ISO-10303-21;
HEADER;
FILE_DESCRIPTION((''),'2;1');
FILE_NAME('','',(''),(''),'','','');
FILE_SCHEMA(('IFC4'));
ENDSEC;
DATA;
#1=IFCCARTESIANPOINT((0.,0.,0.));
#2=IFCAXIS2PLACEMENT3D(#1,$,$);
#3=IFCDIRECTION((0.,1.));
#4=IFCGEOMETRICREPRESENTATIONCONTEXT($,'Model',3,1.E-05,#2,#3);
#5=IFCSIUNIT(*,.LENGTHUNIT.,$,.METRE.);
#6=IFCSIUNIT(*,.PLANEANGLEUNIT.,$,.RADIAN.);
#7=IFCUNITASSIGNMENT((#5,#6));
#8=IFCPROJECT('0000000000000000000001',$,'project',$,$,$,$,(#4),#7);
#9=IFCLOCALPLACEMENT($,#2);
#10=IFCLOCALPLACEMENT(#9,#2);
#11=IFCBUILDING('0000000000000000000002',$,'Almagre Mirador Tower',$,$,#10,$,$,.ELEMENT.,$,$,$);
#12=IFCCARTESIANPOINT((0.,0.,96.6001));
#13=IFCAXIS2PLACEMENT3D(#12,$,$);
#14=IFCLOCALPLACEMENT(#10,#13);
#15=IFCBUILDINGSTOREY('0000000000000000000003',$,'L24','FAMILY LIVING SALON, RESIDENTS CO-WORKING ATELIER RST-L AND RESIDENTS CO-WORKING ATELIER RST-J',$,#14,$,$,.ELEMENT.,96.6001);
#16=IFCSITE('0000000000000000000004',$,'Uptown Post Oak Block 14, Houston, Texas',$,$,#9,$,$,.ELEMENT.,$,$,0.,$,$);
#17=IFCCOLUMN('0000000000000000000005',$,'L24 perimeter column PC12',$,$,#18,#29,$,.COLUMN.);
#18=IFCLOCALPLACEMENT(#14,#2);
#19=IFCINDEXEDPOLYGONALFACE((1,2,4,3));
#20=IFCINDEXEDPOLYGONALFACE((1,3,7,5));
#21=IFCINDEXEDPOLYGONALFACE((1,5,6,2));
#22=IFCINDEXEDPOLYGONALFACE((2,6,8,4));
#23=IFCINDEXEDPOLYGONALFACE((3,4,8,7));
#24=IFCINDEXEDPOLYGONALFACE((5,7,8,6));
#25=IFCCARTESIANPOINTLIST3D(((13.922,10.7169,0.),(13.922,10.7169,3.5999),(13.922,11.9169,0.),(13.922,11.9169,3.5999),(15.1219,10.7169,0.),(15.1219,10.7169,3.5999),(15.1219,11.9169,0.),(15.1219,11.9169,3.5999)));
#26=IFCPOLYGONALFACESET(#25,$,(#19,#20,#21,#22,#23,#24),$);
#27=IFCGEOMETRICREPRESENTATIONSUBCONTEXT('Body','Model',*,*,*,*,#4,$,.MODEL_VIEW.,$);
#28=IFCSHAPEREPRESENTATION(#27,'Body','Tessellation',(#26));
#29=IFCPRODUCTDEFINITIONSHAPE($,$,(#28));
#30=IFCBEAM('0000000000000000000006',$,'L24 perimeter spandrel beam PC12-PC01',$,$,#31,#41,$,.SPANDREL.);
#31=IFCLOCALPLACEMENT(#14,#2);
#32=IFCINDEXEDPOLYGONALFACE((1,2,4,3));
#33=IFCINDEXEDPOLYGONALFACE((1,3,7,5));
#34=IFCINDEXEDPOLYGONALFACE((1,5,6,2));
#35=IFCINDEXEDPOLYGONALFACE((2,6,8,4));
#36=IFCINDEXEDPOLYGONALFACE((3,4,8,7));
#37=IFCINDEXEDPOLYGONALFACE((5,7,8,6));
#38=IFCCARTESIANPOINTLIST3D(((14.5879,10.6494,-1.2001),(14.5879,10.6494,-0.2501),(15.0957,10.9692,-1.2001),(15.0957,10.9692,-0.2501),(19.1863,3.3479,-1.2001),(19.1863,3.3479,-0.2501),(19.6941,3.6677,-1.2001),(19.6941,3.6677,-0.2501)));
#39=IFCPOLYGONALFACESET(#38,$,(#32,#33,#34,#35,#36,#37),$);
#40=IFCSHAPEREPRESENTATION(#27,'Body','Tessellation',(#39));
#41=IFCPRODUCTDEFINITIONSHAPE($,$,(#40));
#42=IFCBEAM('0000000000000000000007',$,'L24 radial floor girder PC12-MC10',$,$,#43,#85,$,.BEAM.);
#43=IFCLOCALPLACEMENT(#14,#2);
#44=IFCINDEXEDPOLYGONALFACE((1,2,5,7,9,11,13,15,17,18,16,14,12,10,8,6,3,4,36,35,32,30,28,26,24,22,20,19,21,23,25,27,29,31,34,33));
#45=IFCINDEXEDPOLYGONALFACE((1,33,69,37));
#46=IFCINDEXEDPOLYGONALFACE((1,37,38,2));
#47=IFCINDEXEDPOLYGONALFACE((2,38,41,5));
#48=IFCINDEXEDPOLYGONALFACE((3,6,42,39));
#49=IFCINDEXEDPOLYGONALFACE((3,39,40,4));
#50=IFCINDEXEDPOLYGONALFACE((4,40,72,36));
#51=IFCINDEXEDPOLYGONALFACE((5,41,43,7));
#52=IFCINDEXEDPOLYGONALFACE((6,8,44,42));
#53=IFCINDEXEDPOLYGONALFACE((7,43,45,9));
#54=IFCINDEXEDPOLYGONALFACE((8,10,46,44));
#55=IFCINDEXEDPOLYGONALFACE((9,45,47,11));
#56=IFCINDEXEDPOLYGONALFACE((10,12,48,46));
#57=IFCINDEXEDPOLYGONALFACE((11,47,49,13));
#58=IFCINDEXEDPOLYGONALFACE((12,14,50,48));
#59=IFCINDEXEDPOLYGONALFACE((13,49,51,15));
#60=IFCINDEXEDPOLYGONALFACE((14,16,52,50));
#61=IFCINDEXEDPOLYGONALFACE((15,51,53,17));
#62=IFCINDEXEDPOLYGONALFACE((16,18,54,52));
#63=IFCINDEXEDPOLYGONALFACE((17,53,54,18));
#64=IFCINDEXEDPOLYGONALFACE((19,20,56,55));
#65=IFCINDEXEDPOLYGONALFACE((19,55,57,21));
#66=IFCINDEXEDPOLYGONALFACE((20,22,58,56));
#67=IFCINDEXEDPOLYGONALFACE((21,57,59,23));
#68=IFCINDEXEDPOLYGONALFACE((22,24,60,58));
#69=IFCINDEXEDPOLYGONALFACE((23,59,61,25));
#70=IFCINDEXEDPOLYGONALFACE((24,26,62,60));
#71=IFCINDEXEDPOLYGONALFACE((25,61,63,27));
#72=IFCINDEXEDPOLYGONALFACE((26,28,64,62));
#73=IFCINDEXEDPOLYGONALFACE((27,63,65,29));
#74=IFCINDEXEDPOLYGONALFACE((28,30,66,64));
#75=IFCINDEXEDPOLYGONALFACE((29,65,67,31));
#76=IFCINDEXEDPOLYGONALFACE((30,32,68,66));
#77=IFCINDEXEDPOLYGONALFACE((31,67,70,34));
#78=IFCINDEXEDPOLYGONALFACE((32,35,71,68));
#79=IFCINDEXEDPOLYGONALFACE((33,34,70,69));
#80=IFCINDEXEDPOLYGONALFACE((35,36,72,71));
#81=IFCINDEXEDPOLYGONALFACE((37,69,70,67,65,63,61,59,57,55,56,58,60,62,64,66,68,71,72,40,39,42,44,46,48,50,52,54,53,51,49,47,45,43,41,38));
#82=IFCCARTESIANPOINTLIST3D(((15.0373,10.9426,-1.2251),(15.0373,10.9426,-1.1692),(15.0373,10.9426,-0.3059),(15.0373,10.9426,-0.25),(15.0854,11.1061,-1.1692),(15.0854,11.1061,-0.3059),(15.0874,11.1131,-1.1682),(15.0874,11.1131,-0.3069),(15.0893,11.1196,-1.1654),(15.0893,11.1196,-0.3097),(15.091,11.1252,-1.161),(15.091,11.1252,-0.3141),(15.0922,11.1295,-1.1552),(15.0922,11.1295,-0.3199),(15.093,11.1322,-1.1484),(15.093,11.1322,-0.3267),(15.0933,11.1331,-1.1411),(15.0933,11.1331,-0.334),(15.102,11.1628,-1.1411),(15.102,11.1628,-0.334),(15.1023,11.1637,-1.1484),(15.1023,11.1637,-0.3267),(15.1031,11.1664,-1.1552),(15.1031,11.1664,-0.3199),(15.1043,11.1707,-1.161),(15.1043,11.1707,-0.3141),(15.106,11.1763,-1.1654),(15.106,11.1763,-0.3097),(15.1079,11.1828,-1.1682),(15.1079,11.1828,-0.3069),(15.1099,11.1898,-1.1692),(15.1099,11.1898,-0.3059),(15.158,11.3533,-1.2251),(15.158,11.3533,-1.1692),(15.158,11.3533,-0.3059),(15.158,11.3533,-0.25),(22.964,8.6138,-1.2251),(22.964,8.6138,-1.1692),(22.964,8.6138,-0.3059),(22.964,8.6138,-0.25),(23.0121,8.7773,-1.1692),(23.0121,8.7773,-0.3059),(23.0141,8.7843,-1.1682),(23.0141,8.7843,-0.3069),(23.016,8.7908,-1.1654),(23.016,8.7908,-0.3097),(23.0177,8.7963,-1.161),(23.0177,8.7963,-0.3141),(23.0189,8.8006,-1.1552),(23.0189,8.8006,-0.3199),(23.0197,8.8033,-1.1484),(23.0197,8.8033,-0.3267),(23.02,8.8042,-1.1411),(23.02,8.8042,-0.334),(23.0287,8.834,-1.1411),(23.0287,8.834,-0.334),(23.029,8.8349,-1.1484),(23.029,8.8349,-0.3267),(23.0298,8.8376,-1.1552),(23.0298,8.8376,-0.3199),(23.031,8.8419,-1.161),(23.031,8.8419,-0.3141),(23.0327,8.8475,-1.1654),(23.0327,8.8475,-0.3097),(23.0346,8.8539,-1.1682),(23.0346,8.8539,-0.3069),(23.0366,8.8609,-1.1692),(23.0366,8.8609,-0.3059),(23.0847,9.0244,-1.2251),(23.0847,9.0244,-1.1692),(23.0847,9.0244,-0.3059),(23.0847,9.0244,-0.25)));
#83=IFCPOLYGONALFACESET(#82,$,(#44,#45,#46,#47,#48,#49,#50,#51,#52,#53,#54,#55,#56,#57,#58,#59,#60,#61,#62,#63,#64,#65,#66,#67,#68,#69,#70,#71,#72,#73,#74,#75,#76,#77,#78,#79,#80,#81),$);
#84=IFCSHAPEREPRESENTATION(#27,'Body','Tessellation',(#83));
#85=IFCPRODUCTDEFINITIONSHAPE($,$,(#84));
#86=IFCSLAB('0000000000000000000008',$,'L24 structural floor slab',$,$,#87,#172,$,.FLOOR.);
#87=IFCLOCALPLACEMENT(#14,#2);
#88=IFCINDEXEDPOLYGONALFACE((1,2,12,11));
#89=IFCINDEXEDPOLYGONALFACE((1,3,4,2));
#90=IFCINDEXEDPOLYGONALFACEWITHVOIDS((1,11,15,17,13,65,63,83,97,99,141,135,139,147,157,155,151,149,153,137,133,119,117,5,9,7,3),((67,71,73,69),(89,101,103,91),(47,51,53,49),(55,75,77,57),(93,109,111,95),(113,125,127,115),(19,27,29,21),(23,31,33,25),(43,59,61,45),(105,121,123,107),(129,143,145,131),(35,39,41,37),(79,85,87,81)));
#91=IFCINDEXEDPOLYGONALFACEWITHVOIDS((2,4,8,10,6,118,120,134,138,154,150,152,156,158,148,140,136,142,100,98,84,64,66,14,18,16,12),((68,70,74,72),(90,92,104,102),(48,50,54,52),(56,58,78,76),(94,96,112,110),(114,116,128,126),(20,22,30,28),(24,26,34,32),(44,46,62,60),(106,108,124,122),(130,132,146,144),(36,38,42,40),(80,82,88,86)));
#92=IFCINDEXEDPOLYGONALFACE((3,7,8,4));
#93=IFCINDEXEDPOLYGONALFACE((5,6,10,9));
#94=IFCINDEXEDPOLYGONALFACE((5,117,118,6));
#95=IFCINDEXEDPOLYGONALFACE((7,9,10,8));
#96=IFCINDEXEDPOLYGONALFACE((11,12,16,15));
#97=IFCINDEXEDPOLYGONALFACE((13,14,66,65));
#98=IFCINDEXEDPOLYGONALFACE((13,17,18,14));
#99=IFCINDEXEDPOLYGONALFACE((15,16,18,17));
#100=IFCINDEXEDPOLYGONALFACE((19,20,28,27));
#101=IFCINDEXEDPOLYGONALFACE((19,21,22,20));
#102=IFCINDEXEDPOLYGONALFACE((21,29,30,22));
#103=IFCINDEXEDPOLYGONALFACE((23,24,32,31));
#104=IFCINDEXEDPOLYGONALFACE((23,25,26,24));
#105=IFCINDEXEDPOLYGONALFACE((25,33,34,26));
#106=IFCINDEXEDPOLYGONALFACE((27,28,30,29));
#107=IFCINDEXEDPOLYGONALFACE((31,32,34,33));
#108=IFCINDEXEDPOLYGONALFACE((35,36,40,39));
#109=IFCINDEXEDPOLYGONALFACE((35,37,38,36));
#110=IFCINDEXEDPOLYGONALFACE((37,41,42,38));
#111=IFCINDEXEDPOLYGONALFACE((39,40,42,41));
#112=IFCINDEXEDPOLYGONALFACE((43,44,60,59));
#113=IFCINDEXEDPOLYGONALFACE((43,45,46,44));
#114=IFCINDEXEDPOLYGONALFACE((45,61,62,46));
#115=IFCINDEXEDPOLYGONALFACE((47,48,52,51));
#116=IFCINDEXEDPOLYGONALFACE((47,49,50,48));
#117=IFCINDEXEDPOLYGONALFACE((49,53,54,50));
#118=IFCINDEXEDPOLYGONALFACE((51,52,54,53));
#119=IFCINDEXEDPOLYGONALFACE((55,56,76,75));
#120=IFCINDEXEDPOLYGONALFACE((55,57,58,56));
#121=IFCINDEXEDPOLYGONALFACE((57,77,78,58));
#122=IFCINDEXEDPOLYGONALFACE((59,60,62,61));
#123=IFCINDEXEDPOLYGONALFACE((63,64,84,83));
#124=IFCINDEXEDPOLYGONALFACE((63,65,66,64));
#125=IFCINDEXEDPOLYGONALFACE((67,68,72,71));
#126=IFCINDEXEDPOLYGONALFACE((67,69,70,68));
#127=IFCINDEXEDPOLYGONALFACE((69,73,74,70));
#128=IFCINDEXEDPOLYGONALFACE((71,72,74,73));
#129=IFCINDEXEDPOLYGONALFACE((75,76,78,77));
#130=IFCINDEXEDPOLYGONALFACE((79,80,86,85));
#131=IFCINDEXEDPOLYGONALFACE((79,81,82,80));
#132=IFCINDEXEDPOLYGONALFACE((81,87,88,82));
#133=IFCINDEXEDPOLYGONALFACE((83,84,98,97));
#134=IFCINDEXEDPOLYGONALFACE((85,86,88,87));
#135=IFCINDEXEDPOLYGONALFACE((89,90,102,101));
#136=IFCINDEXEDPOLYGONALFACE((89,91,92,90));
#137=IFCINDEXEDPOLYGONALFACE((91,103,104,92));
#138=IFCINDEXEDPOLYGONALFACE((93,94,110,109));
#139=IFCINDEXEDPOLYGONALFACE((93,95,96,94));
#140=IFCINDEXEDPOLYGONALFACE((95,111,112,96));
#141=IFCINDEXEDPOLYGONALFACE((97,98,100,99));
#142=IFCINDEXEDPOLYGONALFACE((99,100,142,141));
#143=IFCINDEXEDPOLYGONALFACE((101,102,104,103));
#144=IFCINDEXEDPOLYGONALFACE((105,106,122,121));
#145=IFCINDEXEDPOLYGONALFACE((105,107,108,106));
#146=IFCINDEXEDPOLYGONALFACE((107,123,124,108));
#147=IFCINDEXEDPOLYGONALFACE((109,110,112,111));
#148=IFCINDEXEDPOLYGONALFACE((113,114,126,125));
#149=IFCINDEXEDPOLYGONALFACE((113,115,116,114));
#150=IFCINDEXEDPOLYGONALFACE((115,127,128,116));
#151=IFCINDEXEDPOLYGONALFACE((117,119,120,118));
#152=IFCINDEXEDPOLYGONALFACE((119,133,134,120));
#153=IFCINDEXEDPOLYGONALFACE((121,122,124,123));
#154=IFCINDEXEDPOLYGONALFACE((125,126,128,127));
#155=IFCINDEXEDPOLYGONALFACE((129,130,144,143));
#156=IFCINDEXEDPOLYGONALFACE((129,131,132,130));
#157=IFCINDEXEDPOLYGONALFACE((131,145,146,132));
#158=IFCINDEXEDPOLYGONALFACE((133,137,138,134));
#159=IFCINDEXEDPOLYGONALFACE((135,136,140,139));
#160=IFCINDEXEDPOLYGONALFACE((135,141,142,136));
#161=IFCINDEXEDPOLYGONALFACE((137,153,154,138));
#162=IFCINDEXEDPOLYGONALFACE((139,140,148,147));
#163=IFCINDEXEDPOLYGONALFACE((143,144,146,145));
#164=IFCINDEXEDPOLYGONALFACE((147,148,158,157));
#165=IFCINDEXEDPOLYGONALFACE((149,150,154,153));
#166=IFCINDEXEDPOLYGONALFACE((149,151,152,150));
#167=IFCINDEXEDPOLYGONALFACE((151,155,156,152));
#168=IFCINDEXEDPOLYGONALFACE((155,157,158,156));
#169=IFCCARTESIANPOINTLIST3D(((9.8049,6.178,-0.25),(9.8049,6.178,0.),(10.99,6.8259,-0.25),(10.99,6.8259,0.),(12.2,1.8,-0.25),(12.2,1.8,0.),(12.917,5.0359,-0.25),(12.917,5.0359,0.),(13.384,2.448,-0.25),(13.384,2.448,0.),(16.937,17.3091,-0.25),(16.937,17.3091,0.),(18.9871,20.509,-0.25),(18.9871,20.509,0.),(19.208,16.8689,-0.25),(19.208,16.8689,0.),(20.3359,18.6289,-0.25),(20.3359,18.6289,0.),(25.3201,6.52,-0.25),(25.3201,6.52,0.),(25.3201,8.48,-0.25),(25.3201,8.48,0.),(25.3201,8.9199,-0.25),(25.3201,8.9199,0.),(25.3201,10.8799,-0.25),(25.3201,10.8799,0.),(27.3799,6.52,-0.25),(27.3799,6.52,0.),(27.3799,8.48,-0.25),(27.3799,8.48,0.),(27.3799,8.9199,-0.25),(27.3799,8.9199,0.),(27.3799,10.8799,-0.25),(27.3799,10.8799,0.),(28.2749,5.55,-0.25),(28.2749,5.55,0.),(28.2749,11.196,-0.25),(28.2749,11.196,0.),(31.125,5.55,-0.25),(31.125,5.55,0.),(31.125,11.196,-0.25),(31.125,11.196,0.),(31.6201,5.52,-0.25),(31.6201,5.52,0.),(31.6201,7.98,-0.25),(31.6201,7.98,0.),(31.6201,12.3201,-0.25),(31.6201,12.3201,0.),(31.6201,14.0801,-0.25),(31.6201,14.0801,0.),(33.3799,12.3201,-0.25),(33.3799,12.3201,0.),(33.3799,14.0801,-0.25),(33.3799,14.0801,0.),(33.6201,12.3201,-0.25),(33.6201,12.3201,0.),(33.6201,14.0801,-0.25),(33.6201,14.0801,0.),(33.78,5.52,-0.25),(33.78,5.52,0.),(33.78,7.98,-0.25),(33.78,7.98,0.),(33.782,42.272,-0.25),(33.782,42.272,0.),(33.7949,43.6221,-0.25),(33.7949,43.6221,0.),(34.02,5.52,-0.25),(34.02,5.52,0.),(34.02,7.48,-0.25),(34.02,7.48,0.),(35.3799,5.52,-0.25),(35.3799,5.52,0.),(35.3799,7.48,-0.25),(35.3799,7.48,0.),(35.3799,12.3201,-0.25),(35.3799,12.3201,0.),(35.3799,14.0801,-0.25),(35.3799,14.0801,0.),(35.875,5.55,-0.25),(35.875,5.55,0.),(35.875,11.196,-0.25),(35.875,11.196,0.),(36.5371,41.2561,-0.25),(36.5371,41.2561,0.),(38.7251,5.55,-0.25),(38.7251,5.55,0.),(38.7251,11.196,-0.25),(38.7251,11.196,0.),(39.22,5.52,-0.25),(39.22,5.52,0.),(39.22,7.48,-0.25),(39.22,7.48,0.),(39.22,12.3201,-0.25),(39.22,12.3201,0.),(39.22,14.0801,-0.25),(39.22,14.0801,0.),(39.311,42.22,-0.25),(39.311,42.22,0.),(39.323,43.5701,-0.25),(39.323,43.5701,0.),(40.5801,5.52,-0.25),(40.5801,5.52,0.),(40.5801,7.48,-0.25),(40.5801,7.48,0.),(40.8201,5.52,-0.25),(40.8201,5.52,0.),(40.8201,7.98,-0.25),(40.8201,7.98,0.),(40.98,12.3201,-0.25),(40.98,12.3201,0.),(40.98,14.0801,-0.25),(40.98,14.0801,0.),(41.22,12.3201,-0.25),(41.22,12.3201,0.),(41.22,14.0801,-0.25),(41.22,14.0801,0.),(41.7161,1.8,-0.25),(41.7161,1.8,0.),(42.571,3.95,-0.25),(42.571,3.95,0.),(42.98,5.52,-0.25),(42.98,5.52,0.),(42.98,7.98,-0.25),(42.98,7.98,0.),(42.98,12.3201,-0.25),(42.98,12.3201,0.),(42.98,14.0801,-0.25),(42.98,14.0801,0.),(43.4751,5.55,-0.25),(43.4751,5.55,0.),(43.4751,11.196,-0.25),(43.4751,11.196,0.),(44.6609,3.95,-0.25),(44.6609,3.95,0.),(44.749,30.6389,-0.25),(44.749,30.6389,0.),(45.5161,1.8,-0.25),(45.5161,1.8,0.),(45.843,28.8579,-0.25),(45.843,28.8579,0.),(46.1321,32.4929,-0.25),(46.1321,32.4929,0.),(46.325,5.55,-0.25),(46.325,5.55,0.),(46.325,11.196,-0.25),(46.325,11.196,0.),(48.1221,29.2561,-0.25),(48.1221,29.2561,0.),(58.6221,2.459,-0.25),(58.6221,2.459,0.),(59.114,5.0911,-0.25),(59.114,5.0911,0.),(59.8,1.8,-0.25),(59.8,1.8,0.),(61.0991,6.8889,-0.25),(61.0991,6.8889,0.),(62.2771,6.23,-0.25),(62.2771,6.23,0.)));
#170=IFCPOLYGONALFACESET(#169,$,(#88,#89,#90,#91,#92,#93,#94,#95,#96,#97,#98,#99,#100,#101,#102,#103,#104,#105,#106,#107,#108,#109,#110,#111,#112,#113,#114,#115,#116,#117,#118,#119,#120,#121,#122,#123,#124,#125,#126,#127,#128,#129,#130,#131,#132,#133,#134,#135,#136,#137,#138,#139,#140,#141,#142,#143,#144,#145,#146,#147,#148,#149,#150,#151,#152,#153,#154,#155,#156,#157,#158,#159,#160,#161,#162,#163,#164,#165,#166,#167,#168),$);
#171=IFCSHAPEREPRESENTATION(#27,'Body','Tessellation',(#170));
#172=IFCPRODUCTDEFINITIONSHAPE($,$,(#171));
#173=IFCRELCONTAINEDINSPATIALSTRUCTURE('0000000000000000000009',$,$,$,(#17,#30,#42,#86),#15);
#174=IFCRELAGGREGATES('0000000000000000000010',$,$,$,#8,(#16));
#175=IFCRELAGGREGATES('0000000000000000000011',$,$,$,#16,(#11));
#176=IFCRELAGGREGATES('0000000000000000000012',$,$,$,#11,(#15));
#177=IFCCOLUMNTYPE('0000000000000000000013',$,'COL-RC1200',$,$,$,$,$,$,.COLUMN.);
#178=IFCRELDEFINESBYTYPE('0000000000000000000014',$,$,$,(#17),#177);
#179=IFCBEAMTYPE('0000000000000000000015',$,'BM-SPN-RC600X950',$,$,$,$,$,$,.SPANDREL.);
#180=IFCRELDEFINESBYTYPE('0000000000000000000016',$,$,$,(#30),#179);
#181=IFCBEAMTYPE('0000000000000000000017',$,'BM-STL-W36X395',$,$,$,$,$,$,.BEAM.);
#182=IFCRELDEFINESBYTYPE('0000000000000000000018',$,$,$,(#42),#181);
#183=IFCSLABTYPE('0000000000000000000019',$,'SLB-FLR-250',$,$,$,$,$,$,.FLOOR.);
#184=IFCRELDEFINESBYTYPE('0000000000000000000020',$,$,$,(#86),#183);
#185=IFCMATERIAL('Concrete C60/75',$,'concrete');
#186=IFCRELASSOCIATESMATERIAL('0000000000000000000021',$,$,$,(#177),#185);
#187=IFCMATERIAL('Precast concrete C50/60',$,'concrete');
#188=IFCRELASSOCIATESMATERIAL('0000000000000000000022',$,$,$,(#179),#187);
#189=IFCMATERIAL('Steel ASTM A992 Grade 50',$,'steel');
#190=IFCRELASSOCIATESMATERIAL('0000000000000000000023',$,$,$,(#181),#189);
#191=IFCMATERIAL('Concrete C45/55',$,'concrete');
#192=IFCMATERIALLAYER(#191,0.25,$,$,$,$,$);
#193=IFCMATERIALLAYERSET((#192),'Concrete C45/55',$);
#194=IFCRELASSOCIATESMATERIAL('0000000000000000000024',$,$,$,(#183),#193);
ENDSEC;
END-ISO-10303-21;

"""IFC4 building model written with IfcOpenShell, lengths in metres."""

from ifc_helpers import new_model, si_unit, direction, frame, origin, origin_2d, place, context, subcontext, project, spatial, polyline, rectangle, i_section, outline, extrude, material, layer, layer_set, material_profile, profile_set, type_object, element, save


model = new_model("IFC4")

# Units and contexts
model_context = context("Model", 3, precision=1e-05, world=origin(), true_north=direction((0.0, 1.0)))
body_context = subcontext(model_context, "Body", "Model", "MODEL_VIEW")
ifc_project = project(units=[si_unit("LENGTHUNIT", "METRE"), si_unit("PLANEANGLEUNIT", "RADIAN")], contexts=[model_context])

# Site, building, storey
site_placement = place(None, origin())
site = spatial("IfcSite", under=ifc_project, at=site_placement, Name="Uptown Post Oak Block 14, Houston, Texas", CompositionType="ELEMENT", RefElevation=0.0)
building_placement = place(site_placement, origin())
building = spatial("IfcBuilding", under=site, at=building_placement, Name="Almagre Mirador Tower", CompositionType="ELEMENT")
storey_placement = place(building_placement, frame((0.0, 0.0, 96.6001)))
storey = spatial("IfcBuildingStorey", under=building, at=storey_placement, Name="L24", Description="FAMILY LIVING SALON, RESIDENTS CO-WORKING ATELIER RST-L AND RESIDENTS CO-WORKING ATELIER RST-J", CompositionType="ELEMENT", Elevation=96.6001)

# Column
ifc_material_1 = material(Name="Concrete C60/75", Category="concrete")
ifc_material_profile_1 = material_profile(ifc_material_1, rectangle(XDim=1.2, YDim=1.2, at=origin_2d()), Name="RC1200X1200")
ifc_profile_set_1 = profile_set([ifc_material_profile_1], Name="Concrete C60/75")
column_type = type_object("IfcColumnType", Name="COL-RC1200", PredefinedType="COLUMN", material=ifc_profile_set_1)
column_placement = place(storey_placement, frame((14.522, 11.3169, 0.0), z_axis=(0.0, 0.0, 1.0), x_axis=(1.0, 0.0, 0.0)))
element("IfcColumn", 1, at=column_placement, inside=storey, type_object=column_type, Name="L24 perimeter column PC12", PredefinedType="COLUMN", context=body_context, shape_type="SweptSolid", body=[
    extrude(rectangle(XDim=1.2, YDim=1.2, at=origin_2d()), origin(), (0.0, 0.0, 1.0), 3.5999),
])

# Beams
ifc_material_2 = material(Name="Precast concrete C50/60", Category="concrete")
ifc_material_profile_2 = material_profile(ifc_material_2, rectangle(XDim=0.6001, YDim=0.95, at=origin_2d()), Name="RC600X950")
ifc_profile_set_2 = profile_set([ifc_material_profile_2], Name="Precast concrete C50/60")
beam_type_1 = type_object("IfcBeamType", Name="BM-SPN-RC600X950", PredefinedType="SPANDREL", material=ifc_profile_set_2)
beam_1_placement = place(storey_placement, frame((14.8418, 10.8093, -0.7251), z_axis=(0.532908, -0.846173, 0.0), x_axis=(0.846173, 0.532908, 0.0)))
element("IfcBeam", 2, at=beam_1_placement, inside=storey, type_object=beam_type_1, Name="L24 perimeter spandrel beam PC12-PC01", PredefinedType="SPANDREL", context=body_context, shape_type="SweptSolid", body=[
    extrude(rectangle(XDim=0.6001, YDim=0.95, at=origin_2d()), origin(), (0.0, 0.0, 1.0), 8.6289),
])
ifc_material_3 = material(Name="Steel ASTM A992 Grade 50", Category="steel")
ifc_material_profile_3 = material_profile(ifc_material_3, i_section(OverallWidth=0.428, OverallDepth=0.9751, WebThickness=0.031, FlangeThickness=0.0559, FilletRadius=0.0281, at=origin_2d()), Name="W36X395")
ifc_profile_set_3 = profile_set([ifc_material_profile_3], Name="Steel ASTM A992 Grade 50")
beam_type_2 = type_object("IfcBeamType", Name="BM-STL-W36X395", PredefinedType="BEAM", material=ifc_profile_set_3)
beam_2_placement = place(storey_placement, frame((15.0977, 11.1479, -0.7375), z_axis=(0.959449, -0.281883, 0.0), x_axis=(0.281883, 0.959449, 0.0)))
element("IfcBeam", 3, at=beam_2_placement, inside=storey, type_object=beam_type_2, Name="L24 radial floor girder PC12-MC10", PredefinedType="BEAM", context=body_context, shape_type="SweptSolid", body=[
    extrude(i_section(OverallWidth=0.428, OverallDepth=0.9751, WebThickness=0.031, FlangeThickness=0.0559, FilletRadius=0.0281, at=origin_2d()), origin(), (0.0, 0.0, 1.0), 8.2617),
])

# Slab
ifc_material_4 = material(Name="Concrete C45/55", Category="concrete")
ifc_layer_1 = layer(ifc_material_4, 0.25)
ifc_layer_set_1 = layer_set([ifc_layer_1], Name="Concrete C45/55")
slab_type_1 = type_object("IfcSlabType", Name="SLB-FLR-250", PredefinedType="FLOOR", material=ifc_layer_set_1)
slab_1_placement = place(storey_placement, frame((0.0, 0.0, -0.25)))
element("IfcSlab", 4, at=slab_1_placement, inside=storey, type_object=slab_type_1, Name="L24 structural floor slab", PredefinedType="FLOOR", context=body_context, shape_type="SweptSolid", body=[
    extrude(outline(polyline([(9.8049, 6.178), (10.99, 6.8259), (12.917, 5.0359), (13.384, 2.448), (12.2, 1.8), (41.7161, 1.8), (42.571, 3.95), (44.6609, 3.95), (45.5161, 1.8), (59.8, 1.8), (58.6221, 2.459), (59.114, 5.0911), (61.0991, 6.8889), (62.2771, 6.23), (48.1221, 29.2561), (45.843, 28.8579), (44.749, 30.6389), (46.1321, 32.4929), (39.323, 43.5701), (39.311, 42.22), (36.5371, 41.2561), (33.782, 42.272), (33.7949, 43.6221), (18.9871, 20.509), (20.3359, 18.6289), (19.208, 16.8689), (16.937, 17.3091), (9.8049, 6.178)]), holes=[polyline([(43.4751, 11.196), (46.325, 11.196), (46.325, 5.55), (43.4751, 5.55), (43.4751, 11.196)]), polyline([(40.8201, 5.52), (40.8201, 7.98), (42.98, 7.98), (42.98, 5.52), (40.8201, 5.52)]), polyline([(41.22, 12.3201), (41.22, 14.0801), (42.98, 14.0801), (42.98, 12.3201), (41.22, 12.3201)]), polyline([(39.22, 12.3201), (39.22, 14.0801), (40.98, 14.0801), (40.98, 12.3201), (39.22, 12.3201)]), polyline([(39.22, 5.52), (39.22, 7.48), (40.5801, 7.48), (40.5801, 5.52), (39.22, 5.52)]), polyline([(35.875, 11.196), (38.7251, 11.196), (38.7251, 5.55), (35.875, 5.55), (35.875, 11.196)]), polyline([(35.3799, 5.52), (34.02, 5.52), (34.02, 7.48), (35.3799, 7.48), (35.3799, 5.52)]), polyline([(35.3799, 12.3201), (33.6201, 12.3201), (33.6201, 14.0801), (35.3799, 14.0801), (35.3799, 12.3201)]), polyline([(31.6201, 5.52), (31.6201, 7.98), (33.78, 7.98), (33.78, 5.52), (31.6201, 5.52)]), polyline([(31.6201, 12.3201), (31.6201, 14.0801), (33.3799, 14.0801), (33.3799, 12.3201), (31.6201, 12.3201)]), polyline([(28.2749, 5.55), (28.2749, 11.196), (31.125, 11.196), (31.125, 5.55), (28.2749, 5.55)]), polyline([(25.3201, 6.52), (25.3201, 8.48), (27.3799, 8.48), (27.3799, 6.52), (25.3201, 6.52)]), polyline([(25.3201, 8.9199), (25.3201, 10.8799), (27.3799, 10.8799), (27.3799, 8.9199), (25.3201, 8.9199)])]), origin(), (0.0, 0.0, 1.0), 0.25),
])

save(model, "model.ifc")
